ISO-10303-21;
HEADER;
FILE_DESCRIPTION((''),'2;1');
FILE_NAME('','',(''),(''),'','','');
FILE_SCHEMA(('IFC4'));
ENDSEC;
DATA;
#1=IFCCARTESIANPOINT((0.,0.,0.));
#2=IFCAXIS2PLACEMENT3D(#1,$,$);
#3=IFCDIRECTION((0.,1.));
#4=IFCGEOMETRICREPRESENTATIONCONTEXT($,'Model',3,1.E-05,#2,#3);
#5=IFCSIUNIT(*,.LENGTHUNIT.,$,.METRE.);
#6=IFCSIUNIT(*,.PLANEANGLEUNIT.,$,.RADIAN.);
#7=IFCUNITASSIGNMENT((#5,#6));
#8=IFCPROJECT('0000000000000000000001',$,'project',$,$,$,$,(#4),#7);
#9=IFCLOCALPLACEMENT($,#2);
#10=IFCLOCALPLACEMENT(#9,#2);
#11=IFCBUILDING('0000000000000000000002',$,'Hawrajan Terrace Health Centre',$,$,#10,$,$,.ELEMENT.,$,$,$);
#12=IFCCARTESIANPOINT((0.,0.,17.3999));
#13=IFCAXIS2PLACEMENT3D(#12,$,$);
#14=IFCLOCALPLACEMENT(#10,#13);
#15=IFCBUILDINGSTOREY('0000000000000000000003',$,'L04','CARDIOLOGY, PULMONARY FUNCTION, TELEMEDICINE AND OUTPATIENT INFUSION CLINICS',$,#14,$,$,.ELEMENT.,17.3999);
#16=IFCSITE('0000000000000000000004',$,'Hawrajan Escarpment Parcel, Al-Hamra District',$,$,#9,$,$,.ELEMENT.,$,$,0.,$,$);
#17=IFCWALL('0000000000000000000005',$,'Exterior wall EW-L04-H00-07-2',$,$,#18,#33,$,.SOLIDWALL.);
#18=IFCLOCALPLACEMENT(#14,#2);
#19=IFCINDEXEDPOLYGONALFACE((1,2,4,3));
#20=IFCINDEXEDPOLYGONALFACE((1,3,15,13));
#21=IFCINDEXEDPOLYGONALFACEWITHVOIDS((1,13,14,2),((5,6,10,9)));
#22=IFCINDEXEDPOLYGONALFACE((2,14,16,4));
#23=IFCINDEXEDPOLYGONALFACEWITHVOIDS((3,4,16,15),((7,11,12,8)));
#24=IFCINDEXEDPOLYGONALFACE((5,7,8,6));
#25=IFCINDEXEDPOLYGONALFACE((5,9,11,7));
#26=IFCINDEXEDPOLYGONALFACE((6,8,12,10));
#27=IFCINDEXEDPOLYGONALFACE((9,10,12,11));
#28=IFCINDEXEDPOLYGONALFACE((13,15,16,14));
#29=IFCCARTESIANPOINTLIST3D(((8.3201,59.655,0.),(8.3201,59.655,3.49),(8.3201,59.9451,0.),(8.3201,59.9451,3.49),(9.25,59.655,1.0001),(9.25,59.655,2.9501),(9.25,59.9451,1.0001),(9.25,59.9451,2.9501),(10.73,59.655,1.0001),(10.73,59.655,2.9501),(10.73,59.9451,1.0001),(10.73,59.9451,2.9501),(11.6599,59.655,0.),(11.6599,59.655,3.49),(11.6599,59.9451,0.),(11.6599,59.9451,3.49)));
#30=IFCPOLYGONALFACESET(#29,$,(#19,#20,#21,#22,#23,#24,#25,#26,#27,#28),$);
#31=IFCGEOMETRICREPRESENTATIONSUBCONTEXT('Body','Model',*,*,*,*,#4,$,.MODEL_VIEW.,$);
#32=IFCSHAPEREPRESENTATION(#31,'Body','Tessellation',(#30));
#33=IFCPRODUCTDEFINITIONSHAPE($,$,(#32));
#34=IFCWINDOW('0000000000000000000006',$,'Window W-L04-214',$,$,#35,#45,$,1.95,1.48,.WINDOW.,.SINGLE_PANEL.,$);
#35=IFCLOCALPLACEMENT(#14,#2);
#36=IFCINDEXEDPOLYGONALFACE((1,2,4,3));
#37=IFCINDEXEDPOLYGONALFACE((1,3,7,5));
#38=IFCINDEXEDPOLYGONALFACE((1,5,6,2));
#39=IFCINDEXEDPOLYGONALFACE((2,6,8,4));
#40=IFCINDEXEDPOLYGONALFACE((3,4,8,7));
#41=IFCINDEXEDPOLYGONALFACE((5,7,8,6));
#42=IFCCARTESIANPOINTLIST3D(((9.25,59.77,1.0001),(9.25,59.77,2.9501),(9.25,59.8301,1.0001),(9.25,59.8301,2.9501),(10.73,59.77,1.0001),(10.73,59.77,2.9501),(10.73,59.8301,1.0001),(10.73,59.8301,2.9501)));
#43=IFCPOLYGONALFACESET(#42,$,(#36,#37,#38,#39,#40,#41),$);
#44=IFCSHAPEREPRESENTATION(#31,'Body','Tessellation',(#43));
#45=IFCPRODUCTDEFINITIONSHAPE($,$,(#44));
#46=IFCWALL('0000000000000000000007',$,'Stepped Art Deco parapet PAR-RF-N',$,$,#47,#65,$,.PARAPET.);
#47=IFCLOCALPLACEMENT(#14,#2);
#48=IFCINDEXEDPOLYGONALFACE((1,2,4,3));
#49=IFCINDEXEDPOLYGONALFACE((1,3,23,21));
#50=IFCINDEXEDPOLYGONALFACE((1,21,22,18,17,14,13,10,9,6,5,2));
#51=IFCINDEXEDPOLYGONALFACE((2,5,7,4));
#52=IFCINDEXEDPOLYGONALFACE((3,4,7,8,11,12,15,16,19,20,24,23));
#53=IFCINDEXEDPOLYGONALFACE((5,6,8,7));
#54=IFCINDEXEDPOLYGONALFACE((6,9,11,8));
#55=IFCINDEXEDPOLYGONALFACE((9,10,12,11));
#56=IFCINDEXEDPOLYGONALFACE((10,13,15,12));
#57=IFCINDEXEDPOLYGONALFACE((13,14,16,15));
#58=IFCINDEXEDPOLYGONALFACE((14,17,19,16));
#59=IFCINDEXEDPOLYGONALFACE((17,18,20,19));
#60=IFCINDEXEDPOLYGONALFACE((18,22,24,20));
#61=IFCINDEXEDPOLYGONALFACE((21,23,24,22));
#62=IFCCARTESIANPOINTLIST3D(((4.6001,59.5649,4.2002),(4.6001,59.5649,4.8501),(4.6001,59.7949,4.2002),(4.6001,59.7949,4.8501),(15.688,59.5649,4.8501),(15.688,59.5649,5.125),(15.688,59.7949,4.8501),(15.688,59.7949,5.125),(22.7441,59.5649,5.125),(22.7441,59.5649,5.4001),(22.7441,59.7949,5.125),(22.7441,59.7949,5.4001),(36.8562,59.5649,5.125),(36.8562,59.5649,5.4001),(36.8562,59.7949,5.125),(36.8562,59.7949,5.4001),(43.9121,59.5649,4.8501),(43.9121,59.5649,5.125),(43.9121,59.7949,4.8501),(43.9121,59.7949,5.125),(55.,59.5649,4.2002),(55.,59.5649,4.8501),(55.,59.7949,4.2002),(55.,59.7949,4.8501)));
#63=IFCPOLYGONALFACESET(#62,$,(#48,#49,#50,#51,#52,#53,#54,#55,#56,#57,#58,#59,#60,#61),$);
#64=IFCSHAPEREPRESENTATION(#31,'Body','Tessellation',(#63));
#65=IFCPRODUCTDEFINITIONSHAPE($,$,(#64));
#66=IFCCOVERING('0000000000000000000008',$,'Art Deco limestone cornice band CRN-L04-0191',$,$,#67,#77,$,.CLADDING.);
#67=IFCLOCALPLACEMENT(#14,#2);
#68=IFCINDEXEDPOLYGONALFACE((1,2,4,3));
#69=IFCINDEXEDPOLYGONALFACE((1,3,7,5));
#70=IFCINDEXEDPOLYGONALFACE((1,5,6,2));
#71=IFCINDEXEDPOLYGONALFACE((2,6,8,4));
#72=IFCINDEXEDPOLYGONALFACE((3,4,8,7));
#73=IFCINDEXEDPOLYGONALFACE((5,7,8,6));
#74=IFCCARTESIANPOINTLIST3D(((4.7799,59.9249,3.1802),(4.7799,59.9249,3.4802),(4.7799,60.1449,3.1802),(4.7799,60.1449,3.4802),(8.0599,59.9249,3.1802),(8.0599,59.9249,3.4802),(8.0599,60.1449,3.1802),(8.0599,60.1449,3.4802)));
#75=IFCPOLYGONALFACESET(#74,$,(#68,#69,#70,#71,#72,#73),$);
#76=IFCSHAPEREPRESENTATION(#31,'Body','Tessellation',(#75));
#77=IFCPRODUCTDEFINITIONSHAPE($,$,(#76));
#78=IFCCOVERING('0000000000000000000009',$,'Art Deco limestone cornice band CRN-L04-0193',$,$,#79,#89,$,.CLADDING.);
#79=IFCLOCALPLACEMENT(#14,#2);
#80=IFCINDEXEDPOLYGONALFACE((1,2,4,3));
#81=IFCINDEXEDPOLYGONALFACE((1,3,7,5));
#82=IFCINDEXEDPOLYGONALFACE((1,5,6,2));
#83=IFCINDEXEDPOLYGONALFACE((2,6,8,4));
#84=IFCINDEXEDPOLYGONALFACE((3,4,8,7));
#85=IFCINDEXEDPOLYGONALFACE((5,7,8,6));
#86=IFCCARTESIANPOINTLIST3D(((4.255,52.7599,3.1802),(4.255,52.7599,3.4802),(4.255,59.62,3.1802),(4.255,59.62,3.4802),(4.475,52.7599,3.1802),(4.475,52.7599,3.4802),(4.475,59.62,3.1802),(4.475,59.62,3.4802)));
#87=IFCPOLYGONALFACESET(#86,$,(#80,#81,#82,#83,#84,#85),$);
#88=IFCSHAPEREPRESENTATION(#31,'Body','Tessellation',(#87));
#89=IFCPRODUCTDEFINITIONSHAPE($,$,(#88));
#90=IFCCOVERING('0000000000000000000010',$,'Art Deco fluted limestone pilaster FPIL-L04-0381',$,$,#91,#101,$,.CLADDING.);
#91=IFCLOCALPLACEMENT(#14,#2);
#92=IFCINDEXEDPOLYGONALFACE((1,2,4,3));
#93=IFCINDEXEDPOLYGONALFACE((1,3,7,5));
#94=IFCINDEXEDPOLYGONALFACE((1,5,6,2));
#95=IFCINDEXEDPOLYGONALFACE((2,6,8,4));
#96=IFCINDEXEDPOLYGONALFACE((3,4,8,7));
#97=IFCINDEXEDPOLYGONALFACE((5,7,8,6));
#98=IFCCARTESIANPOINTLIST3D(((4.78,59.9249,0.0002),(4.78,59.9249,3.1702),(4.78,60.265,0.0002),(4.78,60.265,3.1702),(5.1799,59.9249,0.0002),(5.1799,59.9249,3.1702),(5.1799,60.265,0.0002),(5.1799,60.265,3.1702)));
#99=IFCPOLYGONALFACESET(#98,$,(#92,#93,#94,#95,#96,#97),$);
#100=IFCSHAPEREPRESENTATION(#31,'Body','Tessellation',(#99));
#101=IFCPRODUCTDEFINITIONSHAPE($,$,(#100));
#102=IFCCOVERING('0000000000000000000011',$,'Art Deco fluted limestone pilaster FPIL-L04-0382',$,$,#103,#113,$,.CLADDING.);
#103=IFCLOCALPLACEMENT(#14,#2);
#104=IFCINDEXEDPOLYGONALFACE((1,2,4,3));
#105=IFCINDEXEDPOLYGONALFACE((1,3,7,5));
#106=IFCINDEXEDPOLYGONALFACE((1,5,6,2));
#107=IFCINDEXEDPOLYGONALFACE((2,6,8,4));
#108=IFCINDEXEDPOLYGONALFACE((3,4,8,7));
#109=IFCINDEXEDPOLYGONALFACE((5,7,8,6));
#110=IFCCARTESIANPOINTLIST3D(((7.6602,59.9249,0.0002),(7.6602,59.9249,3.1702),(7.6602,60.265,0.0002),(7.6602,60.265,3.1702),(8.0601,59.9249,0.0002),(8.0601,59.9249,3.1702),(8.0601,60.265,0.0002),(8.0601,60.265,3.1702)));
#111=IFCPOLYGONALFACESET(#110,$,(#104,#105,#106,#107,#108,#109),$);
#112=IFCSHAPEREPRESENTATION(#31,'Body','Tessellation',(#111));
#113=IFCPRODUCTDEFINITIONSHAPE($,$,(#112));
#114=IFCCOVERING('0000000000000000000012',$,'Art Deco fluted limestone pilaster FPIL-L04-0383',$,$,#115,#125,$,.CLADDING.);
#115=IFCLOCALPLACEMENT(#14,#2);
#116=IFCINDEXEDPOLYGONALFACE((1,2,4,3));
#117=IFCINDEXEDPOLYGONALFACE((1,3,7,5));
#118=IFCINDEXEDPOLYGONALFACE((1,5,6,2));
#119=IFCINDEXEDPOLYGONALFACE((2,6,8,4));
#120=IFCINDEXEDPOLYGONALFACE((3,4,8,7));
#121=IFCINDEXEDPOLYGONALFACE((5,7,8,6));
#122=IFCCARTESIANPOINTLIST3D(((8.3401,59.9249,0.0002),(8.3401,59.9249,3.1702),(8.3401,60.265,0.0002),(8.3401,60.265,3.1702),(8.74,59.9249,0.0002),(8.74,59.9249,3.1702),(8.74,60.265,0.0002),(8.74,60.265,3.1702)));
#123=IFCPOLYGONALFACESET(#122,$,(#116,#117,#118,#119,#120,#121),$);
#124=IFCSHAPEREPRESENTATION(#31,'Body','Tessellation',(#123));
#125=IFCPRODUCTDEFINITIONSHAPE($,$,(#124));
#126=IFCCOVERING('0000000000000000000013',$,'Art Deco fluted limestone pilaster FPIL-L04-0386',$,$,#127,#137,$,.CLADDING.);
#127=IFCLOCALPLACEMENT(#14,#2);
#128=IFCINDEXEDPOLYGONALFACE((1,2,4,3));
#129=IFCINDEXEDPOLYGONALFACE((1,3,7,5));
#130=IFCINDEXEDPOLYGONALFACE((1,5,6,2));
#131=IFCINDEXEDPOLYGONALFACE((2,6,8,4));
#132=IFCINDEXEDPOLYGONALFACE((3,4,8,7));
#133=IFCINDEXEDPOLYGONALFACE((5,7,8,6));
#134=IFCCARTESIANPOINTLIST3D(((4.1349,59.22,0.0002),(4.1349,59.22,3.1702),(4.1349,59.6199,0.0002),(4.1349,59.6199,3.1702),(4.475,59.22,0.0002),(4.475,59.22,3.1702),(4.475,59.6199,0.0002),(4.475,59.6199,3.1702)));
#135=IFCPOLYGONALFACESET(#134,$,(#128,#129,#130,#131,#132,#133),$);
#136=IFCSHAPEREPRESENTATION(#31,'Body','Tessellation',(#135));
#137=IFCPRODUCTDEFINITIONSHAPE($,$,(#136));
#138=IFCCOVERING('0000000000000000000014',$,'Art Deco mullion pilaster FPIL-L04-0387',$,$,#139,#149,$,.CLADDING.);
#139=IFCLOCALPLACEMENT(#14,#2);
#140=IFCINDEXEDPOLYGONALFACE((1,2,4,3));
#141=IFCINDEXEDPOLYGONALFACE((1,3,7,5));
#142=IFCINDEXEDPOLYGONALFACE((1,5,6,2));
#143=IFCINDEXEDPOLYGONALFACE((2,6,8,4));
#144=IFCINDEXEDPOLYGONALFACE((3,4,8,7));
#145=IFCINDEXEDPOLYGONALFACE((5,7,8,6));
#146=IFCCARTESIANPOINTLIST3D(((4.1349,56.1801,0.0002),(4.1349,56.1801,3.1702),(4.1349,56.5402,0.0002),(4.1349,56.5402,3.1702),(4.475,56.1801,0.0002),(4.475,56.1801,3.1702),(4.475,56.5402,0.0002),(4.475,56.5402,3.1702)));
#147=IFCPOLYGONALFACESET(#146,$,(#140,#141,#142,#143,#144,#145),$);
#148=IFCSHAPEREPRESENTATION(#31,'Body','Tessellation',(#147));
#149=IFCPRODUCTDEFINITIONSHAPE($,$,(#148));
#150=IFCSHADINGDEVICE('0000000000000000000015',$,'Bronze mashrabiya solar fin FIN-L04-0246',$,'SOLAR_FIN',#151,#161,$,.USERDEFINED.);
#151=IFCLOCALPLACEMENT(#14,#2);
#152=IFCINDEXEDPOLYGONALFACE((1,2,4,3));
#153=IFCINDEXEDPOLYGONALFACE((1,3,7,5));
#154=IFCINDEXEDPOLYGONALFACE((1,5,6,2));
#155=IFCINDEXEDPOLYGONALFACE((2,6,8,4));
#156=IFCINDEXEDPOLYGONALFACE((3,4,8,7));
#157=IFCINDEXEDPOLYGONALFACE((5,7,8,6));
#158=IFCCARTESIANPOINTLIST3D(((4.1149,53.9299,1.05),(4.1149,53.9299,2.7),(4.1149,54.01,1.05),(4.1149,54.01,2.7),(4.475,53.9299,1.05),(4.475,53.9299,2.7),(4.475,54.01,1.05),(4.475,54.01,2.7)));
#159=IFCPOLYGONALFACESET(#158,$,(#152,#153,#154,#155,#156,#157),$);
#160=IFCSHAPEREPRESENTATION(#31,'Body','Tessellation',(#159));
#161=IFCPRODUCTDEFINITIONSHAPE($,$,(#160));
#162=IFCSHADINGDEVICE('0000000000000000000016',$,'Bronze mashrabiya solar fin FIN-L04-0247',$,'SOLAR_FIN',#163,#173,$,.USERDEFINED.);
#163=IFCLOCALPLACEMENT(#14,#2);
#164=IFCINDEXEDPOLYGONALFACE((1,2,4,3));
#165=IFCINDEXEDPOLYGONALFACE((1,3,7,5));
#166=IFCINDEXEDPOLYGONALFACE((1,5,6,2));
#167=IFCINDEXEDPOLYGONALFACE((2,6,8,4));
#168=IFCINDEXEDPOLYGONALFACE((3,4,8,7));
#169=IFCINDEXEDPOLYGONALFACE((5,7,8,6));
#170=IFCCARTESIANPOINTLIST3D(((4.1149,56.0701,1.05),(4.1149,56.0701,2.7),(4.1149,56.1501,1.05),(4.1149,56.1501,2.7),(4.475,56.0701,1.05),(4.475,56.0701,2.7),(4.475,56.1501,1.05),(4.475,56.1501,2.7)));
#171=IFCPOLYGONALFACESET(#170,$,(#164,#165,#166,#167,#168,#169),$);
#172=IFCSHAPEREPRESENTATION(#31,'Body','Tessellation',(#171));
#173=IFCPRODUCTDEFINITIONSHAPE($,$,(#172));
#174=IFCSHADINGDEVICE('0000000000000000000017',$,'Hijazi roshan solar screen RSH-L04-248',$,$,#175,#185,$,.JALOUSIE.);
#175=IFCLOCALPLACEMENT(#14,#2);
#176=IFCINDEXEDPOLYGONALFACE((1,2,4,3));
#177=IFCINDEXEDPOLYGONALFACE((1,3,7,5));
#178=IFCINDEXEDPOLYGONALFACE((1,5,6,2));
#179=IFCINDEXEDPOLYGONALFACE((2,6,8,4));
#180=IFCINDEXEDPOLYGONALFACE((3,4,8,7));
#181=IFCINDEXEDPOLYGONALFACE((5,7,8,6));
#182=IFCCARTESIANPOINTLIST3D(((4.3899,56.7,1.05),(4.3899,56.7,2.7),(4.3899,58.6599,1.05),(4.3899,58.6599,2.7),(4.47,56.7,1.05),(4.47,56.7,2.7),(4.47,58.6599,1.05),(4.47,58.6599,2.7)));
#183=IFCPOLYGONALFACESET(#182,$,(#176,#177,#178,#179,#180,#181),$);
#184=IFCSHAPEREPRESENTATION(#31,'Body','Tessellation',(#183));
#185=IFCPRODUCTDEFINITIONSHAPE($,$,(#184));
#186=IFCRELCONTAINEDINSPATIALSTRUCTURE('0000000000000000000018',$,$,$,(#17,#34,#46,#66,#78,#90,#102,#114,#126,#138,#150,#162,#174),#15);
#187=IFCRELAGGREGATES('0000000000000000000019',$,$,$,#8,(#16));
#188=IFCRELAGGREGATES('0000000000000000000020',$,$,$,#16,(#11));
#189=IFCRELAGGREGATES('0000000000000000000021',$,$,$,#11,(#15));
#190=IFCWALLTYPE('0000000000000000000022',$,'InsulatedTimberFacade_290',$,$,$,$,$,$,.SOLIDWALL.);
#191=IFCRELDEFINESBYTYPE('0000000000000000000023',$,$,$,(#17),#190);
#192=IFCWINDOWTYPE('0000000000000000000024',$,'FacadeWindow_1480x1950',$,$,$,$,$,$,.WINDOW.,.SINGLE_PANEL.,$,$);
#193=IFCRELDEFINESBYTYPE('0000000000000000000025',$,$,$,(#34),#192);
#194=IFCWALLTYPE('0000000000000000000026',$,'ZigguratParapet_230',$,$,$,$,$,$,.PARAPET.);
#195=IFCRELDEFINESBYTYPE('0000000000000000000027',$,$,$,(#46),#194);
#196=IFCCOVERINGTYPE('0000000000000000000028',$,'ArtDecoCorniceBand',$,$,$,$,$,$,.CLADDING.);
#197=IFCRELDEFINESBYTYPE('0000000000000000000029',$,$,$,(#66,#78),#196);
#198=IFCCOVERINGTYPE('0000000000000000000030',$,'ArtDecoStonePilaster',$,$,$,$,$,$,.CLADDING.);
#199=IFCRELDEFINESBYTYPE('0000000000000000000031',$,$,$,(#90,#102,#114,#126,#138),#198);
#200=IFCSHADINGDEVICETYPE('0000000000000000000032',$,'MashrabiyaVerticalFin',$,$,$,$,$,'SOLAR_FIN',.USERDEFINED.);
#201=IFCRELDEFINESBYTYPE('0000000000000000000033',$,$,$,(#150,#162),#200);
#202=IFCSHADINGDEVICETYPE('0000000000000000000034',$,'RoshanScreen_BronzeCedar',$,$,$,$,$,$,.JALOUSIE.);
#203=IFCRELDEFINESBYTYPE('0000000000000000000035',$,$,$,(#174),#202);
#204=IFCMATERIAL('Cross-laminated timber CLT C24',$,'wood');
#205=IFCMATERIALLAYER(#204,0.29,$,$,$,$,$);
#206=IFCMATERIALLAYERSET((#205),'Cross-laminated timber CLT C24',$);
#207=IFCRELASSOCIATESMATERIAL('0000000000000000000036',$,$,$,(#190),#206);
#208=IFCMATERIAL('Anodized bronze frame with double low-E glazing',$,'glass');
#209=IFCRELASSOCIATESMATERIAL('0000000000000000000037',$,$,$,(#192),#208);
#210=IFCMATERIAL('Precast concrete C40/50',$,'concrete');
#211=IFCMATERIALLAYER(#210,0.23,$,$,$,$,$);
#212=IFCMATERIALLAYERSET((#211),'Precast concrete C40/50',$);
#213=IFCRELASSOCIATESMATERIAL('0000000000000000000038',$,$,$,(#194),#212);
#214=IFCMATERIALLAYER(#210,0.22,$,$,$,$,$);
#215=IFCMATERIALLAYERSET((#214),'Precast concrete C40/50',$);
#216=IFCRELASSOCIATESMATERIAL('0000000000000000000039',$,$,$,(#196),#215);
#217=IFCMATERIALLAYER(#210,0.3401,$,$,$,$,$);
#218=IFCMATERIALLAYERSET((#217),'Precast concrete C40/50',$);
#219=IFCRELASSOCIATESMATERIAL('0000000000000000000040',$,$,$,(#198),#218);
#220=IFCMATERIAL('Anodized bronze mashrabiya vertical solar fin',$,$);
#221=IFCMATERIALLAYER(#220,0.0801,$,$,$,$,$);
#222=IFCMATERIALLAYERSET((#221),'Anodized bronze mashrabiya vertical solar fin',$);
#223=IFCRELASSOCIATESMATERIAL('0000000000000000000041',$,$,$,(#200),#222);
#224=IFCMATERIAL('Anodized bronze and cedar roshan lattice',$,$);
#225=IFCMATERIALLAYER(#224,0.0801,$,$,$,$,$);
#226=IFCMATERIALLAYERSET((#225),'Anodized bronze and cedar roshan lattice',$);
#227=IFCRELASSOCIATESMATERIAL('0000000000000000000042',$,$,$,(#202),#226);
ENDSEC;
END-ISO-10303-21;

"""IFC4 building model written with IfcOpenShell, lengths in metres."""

from ifc_helpers import new_model, si_unit, direction, frame, frame_2d, origin, origin_2d, place, context, subcontext, project, spatial, polyline, rectangle, outline, extrude, material, layer, layer_set, type_object, element, fill, save


model = new_model("IFC4")

# Units and contexts
model_context = context("Model", 3, precision=1e-05, world=origin(), true_north=direction((0.0, 1.0)))
body_context = subcontext(model_context, "Body", "Model", "MODEL_VIEW")
ifc_project = project(units=[si_unit("LENGTHUNIT", "METRE"), si_unit("PLANEANGLEUNIT", "RADIAN")], contexts=[model_context])

# Site, building, storey
site_placement = place(None, origin())
site = spatial("IfcSite", under=ifc_project, at=site_placement, Name="Hawrajan Escarpment Parcel, Al-Hamra District", CompositionType="ELEMENT", RefElevation=0.0)
building_placement = place(site_placement, origin())
building = spatial("IfcBuilding", under=site, at=building_placement, Name="Hawrajan Terrace Health Centre", CompositionType="ELEMENT")
storey_placement = place(building_placement, frame((0.0, 0.0, 17.3999)))
storey = spatial("IfcBuildingStorey", under=building, at=storey_placement, Name="L04", Description="CARDIOLOGY, PULMONARY FUNCTION, TELEMEDICINE AND OUTPATIENT INFUSION CLINICS", CompositionType="ELEMENT", Elevation=17.3999)

# Shared definitions
ifc_material_1 = material(Name="Cross-laminated timber CLT C24", Category="wood")

# Wall, opening, window
ifc_layer_1 = layer(ifc_material_1, 0.29)
ifc_layer_set_1 = layer_set([ifc_layer_1], Name="Cross-laminated timber CLT C24")
wall_type_1 = type_object("IfcWallType", Name="InsulatedTimberFacade_290", PredefinedType="SOLIDWALL", material=ifc_layer_set_1)
ifc_material_2 = material(Name="Anodized bronze frame with double low-E glazing", Category="glass")
wall_1_placement = place(storey_placement, frame((8.3201, 59.8, 0.0), z_axis=(0.0, 0.0, 1.0), x_axis=(1.0, 0.0, 0.0)))
wall_1 = element("IfcWall", 1, at=wall_1_placement, inside=storey, type_object=wall_type_1, Name="Exterior wall EW-L04-H00-07-2", PredefinedType="SOLIDWALL", context=body_context, shape_type="SweptSolid", body=[
    extrude(rectangle(XDim=3.3398, YDim=0.29, at=frame_2d((1.6699, 0.0))), origin(), (0.0, 0.0, 1.0), 3.49),
])
opening_1_placement = place(wall_1_placement, frame((0.9299, 0.0, 1.0)))
opening_1 = element("IfcOpeningElement", 2, at=opening_1_placement, cuts=wall_1, PredefinedType="OPENING", context=body_context, shape_type="SweptSolid", body=[
    extrude(rectangle(XDim=1.48, YDim=1.95, at=frame_2d((0.74, 0.9751))), frame((0.0, 0.155, 0.0), z_axis=(0.0, -1.0, 0.0), x_axis=(1.0, 0.0, 0.0)), (0.0, 0.0, 1.0), 0.3101),
])
window_type_1 = type_object("IfcWindowType", Name="FacadeWindow_1480x1950", PartitioningType="SINGLE_PANEL", PredefinedType="WINDOW", material=ifc_material_2)
window_1_placement = place(opening_1_placement, origin())
window_1 = element("IfcWindow", 3, at=window_1_placement, inside=storey, type_object=window_type_1, Name="Window W-L04-214", OverallHeight=1.95, OverallWidth=1.48, PartitioningType="SINGLE_PANEL", PredefinedType="WINDOW", context=body_context, shape_type="SweptSolid", body=[
    extrude(rectangle(XDim=1.48, YDim=1.95, at=frame_2d((0.74, 0.9751))), frame((0.0, 0.03, 0.0), z_axis=(0.0, -1.0, 0.0), x_axis=(1.0, 0.0, 0.0)), (0.0, 0.0, 1.0), 0.0601),
])
fill(opening_1, window_1)

# Wall
ifc_material_3 = material(Name="Precast concrete C40/50", Category="concrete")
ifc_layer_2 = layer(ifc_material_3, 0.23)
ifc_layer_set_2 = layer_set([ifc_layer_2], Name="Precast concrete C40/50")
wall_type_2 = type_object("IfcWallType", Name="ZigguratParapet_230", PredefinedType="PARAPET", material=ifc_layer_set_2)
wall_2_placement = place(storey_placement, frame((4.6001, 59.6799, 4.2002), z_axis=(0.0, 0.0, 1.0), x_axis=(1.0, 0.0, 0.0)))
element("IfcWall", 4, at=wall_2_placement, inside=storey, type_object=wall_type_2, Name="Stepped Art Deco parapet PAR-RF-N", PredefinedType="PARAPET", context=body_context, shape_type="SweptSolid", body=[
    extrude(outline(polyline([(0.0, 0.0), (50.3999, 0.0), (50.3999, 0.6499), (39.312, 0.9248), (39.312, 0.6499), (32.2561, 1.2), (32.2561, 0.9248), (18.144, 1.2), (18.144, 0.9248), (11.0879, 0.9248), (11.0879, 0.6499), (0.0, 0.6499), (0.0, 0.0)])), frame((0.0, 0.115, 0.0), z_axis=(0.0, -1.0, 0.0), x_axis=(1.0, 0.0, 0.0)), (0.0, 0.0, 1.0), 0.23),
])

# Coverings
ifc_layer_3 = layer(ifc_material_3, 0.22)
ifc_layer_set_3 = layer_set([ifc_layer_3], Name="Precast concrete C40/50")
covering_type_1 = type_object("IfcCoveringType", Name="ArtDecoCorniceBand", PredefinedType="CLADDING", material=ifc_layer_set_3)
covering_1_placement = place(storey_placement, frame((6.4199, 60.0349, 3.1802), z_axis=(0.0, 0.0, 1.0), x_axis=(1.0, 0.0, 0.0)))
element("IfcCovering", 5, at=covering_1_placement, inside=storey, type_object=covering_type_1, Name="Art Deco limestone cornice band CRN-L04-0191", PredefinedType="CLADDING", context=body_context, shape_type="SweptSolid", body=[
    extrude(rectangle(XDim=3.28, YDim=0.22, at=origin_2d()), origin(), (0.0, 0.0, 1.0), 0.3),
])
covering_2_placement = place(storey_placement, frame((4.365, 56.1899, 3.1802), z_axis=(0.0, 0.0, 1.0), x_axis=(0.0, 1.0, 0.0)))
element("IfcCovering", 6, at=covering_2_placement, inside=storey, type_object=covering_type_1, Name="Art Deco limestone cornice band CRN-L04-0193", PredefinedType="CLADDING", context=body_context, shape_type="SweptSolid", body=[
    extrude(rectangle(XDim=6.8601, YDim=0.22, at=origin_2d()), origin(), (0.0, 0.0, 1.0), 0.3),
])
ifc_layer_4 = layer(ifc_material_3, 0.3401)
ifc_layer_set_4 = layer_set([ifc_layer_4], Name="Precast concrete C40/50")
covering_type_2 = type_object("IfcCoveringType", Name="ArtDecoStonePilaster", PredefinedType="CLADDING", material=ifc_layer_set_4)
for number, where, z_axis, x_axis, name in (
    (7, (4.98, 60.095, 0.0002), (0.0, 0.0, 1.0), (1.0, 0.0, 0.0), "Art Deco fluted limestone pilaster FPIL-L04-0381"),
    (8, (7.8601, 60.095, 0.0002), (0.0, 0.0, 1.0), (1.0, 0.0, 0.0), "Art Deco fluted limestone pilaster FPIL-L04-0382"),
    (9, (8.54, 60.095, 0.0002), (0.0, 0.0, 1.0), (1.0, 0.0, 0.0), "Art Deco fluted limestone pilaster FPIL-L04-0383"),
    (10, (4.3049, 59.4199, 0.0002), (0.0, 0.0, 1.0), (0.0, 1.0, 0.0), "Art Deco fluted limestone pilaster FPIL-L04-0386"),
):
    element("IfcCovering", number, at=place(storey_placement, frame(where, z_axis=z_axis, x_axis=x_axis)), inside=storey, type_object=covering_type_2, Name=name, PredefinedType="CLADDING", context=body_context, shape_type="SweptSolid", body=[
        extrude(rectangle(XDim=0.3999, YDim=0.3401, at=origin_2d()), origin(), (0.0, 0.0, 1.0), 3.1699),
    ])
covering_3_placement = place(storey_placement, frame((4.3049, 56.3601, 0.0002), z_axis=(0.0, 0.0, 1.0), x_axis=(0.0, 1.0, 0.0)))
element("IfcCovering", 11, at=covering_3_placement, inside=storey, type_object=covering_type_2, Name="Art Deco mullion pilaster FPIL-L04-0387", PredefinedType="CLADDING", context=body_context, shape_type="SweptSolid", body=[
    extrude(rectangle(XDim=0.3601, YDim=0.3401, at=origin_2d()), origin(), (0.0, 0.0, 1.0), 3.1699),
])

# Shading devices
ifc_material_4 = material(Name="Anodized bronze mashrabiya vertical solar fin")
ifc_layer_5 = layer(ifc_material_4, 0.0801)
ifc_layer_set_5 = layer_set([ifc_layer_5], Name="Anodized bronze mashrabiya vertical solar fin")
shading_device_type_1 = type_object("IfcShadingDeviceType", Name="MashrabiyaVerticalFin", ElementType="SOLAR_FIN", PredefinedType="USERDEFINED", material=ifc_layer_set_5)
for number, where, z_axis, x_axis, name in (
    (12, (4.2949, 53.97, 1.05), (0.0, 0.0, 1.0), (0.0, 1.0, 0.0), "Bronze mashrabiya solar fin FIN-L04-0246"),
    (13, (4.2949, 56.1101, 1.05), (0.0, 0.0, 1.0), (0.0, 1.0, 0.0), "Bronze mashrabiya solar fin FIN-L04-0247"),
):
    element("IfcShadingDevice", number, at=place(storey_placement, frame(where, z_axis=z_axis, x_axis=x_axis)), inside=storey, type_object=shading_device_type_1, Name=name, ObjectType="SOLAR_FIN", PredefinedType="USERDEFINED", context=body_context, shape_type="SweptSolid", body=[
        extrude(rectangle(XDim=0.0801, YDim=0.3601, at=origin_2d()), origin(), (0.0, 0.0, 1.0), 1.6499),
    ])
ifc_material_5 = material(Name="Anodized bronze and cedar roshan lattice")
ifc_layer_6 = layer(ifc_material_5, 0.0801)
ifc_layer_set_6 = layer_set([ifc_layer_6], Name="Anodized bronze and cedar roshan lattice")
shading_device_type_2 = type_object("IfcShadingDeviceType", Name="RoshanScreen_BronzeCedar", PredefinedType="JALOUSIE", material=ifc_layer_set_6)
shading_device_placement = place(storey_placement, frame((4.4299, 57.6799, 1.05), z_axis=(0.0, 0.0, 1.0), x_axis=(0.0, 1.0, 0.0)))
element("IfcShadingDevice", 14, at=shading_device_placement, inside=storey, type_object=shading_device_type_2, Name="Hijazi roshan solar screen RSH-L04-248", PredefinedType="JALOUSIE", context=body_context, shape_type="SweptSolid", body=[
    extrude(rectangle(XDim=1.96, YDim=0.0801, at=origin_2d()), origin(), (0.0, 0.0, 1.0), 1.6499),
])

save(model, "model.ifc")
